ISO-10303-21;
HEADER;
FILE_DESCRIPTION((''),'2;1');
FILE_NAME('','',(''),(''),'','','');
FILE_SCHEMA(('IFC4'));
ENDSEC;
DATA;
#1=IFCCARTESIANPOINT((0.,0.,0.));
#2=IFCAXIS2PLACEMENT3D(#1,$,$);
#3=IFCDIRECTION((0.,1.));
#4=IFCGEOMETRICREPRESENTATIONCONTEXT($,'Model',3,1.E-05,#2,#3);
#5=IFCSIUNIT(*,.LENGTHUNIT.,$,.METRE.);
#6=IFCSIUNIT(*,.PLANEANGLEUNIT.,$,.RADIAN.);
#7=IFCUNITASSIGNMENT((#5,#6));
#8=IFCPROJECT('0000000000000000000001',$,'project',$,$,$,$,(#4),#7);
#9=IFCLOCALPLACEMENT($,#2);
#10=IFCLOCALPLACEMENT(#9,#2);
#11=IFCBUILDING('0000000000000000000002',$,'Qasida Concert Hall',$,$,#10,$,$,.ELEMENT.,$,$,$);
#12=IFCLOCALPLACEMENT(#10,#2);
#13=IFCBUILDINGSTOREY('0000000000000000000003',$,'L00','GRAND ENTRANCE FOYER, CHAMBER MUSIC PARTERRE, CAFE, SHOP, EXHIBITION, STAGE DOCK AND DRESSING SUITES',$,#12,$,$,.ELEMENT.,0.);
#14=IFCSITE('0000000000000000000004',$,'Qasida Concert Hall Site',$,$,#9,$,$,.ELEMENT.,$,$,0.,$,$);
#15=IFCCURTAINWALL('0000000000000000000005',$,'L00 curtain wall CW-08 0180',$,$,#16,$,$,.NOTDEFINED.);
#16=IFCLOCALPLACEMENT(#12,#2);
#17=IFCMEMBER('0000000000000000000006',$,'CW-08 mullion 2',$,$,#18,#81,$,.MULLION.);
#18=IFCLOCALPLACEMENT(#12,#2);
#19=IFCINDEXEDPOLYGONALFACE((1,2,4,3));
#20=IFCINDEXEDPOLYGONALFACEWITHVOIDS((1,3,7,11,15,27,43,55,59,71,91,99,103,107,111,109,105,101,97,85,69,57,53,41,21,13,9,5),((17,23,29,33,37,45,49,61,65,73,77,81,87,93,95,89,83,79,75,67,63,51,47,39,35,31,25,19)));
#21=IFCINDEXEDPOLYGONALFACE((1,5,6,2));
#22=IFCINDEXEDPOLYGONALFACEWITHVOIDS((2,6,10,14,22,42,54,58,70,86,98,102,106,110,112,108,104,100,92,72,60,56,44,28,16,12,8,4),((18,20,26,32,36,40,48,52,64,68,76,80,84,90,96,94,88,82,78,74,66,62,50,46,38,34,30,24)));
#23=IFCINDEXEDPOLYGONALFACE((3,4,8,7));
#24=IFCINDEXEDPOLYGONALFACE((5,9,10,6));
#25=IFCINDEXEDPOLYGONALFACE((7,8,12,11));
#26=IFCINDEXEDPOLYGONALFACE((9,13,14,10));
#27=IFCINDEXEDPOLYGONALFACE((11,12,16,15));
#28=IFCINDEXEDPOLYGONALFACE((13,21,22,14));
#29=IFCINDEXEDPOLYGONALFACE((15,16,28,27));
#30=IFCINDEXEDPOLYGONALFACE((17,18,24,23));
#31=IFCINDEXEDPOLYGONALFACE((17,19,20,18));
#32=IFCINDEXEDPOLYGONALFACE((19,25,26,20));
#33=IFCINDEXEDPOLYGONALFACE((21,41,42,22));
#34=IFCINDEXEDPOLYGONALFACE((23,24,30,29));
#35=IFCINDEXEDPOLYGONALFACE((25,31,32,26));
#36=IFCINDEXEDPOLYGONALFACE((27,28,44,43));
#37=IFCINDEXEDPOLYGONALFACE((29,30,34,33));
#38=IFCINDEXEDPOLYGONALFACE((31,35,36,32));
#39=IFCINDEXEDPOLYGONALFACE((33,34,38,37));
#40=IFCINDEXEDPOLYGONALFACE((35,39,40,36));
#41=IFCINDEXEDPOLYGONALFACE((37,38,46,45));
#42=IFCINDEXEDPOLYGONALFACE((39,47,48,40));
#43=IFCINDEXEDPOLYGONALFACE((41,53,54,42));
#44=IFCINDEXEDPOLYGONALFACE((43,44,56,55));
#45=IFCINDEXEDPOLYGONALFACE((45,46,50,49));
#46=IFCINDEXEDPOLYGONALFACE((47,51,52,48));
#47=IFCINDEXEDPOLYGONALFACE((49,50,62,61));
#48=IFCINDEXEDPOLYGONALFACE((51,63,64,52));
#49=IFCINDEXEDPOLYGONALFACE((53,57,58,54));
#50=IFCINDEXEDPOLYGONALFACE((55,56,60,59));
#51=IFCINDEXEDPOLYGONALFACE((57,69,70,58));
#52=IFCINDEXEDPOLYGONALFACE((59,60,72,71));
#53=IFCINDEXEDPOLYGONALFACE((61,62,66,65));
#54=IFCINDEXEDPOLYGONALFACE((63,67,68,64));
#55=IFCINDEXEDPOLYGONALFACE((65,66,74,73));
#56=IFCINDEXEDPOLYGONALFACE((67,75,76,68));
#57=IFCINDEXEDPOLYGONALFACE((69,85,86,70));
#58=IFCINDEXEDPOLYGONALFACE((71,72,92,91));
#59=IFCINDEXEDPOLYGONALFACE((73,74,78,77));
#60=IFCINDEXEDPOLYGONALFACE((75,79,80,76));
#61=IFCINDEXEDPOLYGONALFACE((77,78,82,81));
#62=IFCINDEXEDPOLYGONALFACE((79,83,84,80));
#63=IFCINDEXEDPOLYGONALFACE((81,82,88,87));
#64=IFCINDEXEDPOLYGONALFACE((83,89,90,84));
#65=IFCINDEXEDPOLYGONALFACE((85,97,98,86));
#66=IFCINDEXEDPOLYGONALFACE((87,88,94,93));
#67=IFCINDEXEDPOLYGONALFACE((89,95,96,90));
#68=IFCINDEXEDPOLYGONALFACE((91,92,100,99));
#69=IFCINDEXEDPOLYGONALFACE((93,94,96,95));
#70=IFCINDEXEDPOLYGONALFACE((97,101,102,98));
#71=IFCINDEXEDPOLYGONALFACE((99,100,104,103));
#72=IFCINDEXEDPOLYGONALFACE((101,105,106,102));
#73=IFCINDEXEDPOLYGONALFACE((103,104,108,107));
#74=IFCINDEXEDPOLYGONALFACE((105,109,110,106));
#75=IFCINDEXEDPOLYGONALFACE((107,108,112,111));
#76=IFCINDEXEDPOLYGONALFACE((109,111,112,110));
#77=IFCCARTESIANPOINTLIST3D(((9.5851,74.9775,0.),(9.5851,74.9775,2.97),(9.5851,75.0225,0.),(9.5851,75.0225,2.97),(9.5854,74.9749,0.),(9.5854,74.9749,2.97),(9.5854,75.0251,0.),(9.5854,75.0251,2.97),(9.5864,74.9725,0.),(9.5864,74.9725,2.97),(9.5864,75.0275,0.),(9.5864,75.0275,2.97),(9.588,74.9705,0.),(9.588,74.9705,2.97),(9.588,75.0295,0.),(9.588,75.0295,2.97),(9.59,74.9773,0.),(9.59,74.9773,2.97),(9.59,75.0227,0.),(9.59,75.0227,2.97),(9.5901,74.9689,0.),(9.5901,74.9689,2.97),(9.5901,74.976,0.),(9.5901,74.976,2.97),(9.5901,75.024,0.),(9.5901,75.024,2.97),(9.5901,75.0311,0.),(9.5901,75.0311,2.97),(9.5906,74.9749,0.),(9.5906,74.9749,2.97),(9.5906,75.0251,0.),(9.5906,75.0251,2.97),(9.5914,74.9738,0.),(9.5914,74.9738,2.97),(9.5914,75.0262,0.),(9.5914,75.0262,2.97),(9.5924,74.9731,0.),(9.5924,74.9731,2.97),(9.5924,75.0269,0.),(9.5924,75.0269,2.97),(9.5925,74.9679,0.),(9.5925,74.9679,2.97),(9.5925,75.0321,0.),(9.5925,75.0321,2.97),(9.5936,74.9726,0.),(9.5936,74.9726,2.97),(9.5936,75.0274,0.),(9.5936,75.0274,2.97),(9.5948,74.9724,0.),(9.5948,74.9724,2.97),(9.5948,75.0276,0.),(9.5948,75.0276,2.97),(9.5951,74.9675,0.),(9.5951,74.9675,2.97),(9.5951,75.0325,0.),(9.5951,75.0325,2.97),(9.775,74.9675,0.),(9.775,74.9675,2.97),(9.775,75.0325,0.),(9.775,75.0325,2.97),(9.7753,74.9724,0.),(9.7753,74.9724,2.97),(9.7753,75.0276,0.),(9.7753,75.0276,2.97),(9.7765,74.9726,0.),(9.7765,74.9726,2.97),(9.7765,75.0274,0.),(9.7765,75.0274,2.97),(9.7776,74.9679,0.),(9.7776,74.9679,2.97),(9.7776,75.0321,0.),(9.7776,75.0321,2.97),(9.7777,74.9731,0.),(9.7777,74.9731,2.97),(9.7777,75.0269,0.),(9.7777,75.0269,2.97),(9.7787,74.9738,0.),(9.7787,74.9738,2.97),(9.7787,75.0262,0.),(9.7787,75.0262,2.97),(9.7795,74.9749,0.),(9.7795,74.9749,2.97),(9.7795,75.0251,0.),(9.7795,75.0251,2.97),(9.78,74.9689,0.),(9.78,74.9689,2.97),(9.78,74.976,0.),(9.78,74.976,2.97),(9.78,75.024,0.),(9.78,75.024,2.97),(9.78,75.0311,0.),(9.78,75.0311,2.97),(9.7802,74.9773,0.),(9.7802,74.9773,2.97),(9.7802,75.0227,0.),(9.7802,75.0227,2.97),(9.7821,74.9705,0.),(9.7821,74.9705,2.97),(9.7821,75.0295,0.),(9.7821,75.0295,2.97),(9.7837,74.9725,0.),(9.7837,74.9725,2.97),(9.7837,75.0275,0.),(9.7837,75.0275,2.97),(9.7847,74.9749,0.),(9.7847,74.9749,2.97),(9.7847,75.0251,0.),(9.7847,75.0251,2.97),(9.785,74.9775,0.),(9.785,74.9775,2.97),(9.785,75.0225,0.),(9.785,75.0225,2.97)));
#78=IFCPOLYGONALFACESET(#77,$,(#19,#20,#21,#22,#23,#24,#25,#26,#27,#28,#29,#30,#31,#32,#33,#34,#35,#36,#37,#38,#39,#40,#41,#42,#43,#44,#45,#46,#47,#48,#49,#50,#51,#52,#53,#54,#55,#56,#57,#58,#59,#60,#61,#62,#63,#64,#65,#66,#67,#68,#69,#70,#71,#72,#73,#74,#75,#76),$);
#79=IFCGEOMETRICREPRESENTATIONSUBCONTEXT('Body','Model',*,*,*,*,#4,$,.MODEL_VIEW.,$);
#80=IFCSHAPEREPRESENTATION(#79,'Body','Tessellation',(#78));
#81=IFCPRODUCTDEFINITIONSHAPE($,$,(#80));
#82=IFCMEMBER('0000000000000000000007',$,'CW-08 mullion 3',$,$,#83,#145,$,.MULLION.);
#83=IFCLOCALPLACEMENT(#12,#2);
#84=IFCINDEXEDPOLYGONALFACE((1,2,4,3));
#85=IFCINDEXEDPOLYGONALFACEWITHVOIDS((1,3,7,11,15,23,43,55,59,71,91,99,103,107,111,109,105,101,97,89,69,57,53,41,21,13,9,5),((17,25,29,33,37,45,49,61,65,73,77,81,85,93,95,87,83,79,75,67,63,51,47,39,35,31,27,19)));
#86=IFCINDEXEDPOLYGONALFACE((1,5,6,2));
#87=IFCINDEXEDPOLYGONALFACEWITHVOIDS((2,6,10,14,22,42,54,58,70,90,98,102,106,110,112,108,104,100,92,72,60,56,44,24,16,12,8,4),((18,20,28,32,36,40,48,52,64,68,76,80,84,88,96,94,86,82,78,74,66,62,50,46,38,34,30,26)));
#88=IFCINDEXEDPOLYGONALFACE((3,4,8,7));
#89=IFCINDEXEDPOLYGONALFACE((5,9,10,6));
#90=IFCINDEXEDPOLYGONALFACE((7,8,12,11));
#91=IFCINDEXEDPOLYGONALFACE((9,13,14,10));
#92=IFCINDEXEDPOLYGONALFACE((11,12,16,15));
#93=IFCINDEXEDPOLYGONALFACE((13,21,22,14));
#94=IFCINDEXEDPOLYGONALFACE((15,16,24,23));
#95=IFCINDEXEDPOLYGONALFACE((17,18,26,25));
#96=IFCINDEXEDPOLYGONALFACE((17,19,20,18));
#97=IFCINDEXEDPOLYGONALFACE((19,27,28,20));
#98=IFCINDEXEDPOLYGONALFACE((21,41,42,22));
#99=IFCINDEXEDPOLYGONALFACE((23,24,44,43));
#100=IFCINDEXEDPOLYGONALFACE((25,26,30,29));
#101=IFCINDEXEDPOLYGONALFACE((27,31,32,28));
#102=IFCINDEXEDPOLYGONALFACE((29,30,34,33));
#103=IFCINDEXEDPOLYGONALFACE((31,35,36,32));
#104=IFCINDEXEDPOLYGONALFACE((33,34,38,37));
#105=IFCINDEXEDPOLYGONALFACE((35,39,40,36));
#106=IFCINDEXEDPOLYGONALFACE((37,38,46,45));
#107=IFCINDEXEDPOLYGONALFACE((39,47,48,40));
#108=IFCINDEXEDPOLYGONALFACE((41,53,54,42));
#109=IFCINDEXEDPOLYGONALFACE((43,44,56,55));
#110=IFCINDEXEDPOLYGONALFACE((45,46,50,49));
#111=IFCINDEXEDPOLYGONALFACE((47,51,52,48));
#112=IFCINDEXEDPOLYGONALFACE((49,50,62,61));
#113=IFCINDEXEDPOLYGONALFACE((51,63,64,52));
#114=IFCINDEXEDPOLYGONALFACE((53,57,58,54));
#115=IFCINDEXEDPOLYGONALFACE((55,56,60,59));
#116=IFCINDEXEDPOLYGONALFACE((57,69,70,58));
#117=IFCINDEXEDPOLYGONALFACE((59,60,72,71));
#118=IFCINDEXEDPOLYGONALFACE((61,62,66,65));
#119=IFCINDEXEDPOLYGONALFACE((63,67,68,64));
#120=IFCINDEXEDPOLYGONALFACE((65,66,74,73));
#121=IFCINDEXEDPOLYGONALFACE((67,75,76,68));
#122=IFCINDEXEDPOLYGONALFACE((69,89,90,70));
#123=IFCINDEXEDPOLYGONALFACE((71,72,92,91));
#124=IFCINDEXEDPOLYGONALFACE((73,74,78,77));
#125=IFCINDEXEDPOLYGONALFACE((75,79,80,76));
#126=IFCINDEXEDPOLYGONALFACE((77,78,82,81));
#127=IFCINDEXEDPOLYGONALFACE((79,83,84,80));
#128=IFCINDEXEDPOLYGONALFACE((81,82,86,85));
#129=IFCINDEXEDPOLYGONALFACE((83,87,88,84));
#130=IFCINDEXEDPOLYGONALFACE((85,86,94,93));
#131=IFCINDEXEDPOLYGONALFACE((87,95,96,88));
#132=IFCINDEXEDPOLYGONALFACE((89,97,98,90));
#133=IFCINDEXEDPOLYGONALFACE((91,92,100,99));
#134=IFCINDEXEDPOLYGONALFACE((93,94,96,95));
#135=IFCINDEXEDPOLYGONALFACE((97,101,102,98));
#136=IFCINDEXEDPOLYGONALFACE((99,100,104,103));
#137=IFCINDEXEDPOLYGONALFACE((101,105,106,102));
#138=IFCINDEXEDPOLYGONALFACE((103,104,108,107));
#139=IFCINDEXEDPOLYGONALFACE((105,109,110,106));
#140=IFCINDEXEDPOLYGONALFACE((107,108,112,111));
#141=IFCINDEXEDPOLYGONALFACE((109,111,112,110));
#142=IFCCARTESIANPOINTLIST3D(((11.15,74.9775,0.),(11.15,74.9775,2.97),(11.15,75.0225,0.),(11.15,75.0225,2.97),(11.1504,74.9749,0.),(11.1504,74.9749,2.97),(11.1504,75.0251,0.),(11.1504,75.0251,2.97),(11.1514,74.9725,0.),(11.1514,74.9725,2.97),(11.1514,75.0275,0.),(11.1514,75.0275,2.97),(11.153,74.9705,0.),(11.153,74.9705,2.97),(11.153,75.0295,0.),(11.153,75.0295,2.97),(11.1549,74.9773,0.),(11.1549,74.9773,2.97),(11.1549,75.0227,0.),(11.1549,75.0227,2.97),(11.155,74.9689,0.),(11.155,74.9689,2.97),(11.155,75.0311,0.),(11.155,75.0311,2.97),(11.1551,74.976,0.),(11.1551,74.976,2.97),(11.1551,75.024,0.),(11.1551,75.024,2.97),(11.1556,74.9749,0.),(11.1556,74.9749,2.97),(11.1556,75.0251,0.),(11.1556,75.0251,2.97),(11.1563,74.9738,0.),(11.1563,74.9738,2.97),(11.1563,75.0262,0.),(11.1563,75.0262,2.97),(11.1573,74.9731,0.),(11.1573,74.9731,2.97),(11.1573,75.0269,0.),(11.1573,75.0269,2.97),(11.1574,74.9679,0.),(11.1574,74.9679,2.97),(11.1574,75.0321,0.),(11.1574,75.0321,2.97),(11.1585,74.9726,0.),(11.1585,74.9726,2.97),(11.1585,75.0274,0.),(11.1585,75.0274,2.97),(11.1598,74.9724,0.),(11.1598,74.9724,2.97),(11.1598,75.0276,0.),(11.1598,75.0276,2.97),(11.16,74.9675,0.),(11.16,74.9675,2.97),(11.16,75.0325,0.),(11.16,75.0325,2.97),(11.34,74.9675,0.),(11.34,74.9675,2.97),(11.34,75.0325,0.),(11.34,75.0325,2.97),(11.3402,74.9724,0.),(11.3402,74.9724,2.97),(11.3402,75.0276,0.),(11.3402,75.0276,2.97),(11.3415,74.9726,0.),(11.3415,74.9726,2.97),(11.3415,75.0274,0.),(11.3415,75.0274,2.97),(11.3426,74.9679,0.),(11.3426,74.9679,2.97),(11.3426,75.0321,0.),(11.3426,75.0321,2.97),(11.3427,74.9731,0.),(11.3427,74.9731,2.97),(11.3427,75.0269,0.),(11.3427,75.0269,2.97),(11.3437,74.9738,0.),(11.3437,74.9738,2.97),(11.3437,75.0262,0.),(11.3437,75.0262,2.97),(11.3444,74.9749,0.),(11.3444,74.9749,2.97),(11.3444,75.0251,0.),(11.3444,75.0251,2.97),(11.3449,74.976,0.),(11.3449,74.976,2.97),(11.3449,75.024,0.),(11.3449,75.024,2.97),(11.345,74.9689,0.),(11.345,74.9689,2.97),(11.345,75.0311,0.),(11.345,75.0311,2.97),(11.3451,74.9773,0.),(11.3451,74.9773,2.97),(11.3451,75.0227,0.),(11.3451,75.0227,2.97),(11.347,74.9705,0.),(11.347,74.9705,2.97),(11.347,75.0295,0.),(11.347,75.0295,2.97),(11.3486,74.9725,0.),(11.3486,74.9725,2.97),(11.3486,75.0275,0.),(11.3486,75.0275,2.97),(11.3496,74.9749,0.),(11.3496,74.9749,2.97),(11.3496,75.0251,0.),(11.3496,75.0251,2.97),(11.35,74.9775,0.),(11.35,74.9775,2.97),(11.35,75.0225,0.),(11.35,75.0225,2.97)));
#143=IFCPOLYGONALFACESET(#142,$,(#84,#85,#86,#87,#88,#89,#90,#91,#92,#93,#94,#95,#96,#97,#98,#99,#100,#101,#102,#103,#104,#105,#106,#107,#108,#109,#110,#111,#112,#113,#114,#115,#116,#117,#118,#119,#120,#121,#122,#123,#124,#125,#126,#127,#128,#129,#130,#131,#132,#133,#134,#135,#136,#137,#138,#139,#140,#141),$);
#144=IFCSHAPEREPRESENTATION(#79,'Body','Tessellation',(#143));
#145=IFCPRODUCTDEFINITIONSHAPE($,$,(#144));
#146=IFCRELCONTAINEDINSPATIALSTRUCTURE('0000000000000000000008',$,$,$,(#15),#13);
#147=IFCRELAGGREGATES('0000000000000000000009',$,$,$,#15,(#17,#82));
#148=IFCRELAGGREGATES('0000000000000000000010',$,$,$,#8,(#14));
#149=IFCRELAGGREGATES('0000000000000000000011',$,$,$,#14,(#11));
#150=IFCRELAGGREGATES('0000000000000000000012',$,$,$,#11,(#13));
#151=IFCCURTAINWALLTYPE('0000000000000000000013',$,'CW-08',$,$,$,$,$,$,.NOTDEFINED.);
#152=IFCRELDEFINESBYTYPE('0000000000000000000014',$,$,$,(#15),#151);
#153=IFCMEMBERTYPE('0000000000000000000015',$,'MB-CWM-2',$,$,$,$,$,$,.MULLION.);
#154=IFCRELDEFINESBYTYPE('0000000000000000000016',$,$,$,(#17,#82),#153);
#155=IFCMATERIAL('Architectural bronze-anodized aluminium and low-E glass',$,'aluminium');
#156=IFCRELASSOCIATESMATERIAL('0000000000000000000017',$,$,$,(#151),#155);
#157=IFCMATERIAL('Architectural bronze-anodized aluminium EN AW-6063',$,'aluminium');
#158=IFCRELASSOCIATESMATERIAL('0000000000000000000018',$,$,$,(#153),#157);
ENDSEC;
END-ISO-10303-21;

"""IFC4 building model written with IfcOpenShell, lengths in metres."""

from ifc_helpers import new_model, si_unit, direction, frame, origin, origin_2d, place, context, subcontext, project, spatial, hollow_rectangle, extrude, material, material_profile, profile_set, type_object, element, aggregate, save


model = new_model("IFC4")

# Units and contexts
model_context = context("Model", 3, precision=1e-05, world=origin(), true_north=direction((0.0, 1.0)))
body_context = subcontext(model_context, "Body", "Model", "MODEL_VIEW")
ifc_project = project(units=[si_unit("LENGTHUNIT", "METRE"), si_unit("PLANEANGLEUNIT", "RADIAN")], contexts=[model_context])

# Site, building, storey
site_placement = place(None, origin())
site = spatial("IfcSite", under=ifc_project, at=site_placement, Name="Qasida Concert Hall Site", CompositionType="ELEMENT", RefElevation=0.0)
building_placement = place(site_placement, origin())
building = spatial("IfcBuilding", under=site, at=building_placement, Name="Qasida Concert Hall", CompositionType="ELEMENT")
storey_placement = place(building_placement, origin())
storey = spatial("IfcBuildingStorey", under=building, at=storey_placement, Name="L00", Description="GRAND ENTRANCE FOYER, CHAMBER MUSIC PARTERRE, CAFE, SHOP, EXHIBITION, STAGE DOCK AND DRESSING SUITES", CompositionType="ELEMENT", Elevation=0.0)

# Curtain wall, members
ifc_material_1 = material(Name="Architectural bronze-anodized aluminium and low-E glass", Category="aluminium")
curtain_wall_type = type_object("IfcCurtainWallType", Name="CW-08", PredefinedType="NOTDEFINED", material=ifc_material_1)
curtain_wall_placement = place(storey_placement, origin())
curtain_wall = element("IfcCurtainWall", 1, at=curtain_wall_placement, inside=storey, type_object=curtain_wall_type, Name="L00 curtain wall CW-08 0180", PredefinedType="NOTDEFINED")
ifc_material_2 = material(Name="Architectural bronze-anodized aluminium EN AW-6063", Category="aluminium")
ifc_material_profile_1 = material_profile(ifc_material_2, hollow_rectangle(XDim=0.0649, YDim=0.2, WallThickness=0.0049, InnerFilletRadius=0.0049, OuterFilletRadius=0.01, at=origin_2d()), Name="CWM 200x65x5")
ifc_profile_set_1 = profile_set([ifc_material_profile_1], Name="Architectural bronze-anodized aluminium EN AW-6063")
member_type_1 = type_object("IfcMemberType", Name="MB-CWM-2", PredefinedType="MULLION", material=ifc_profile_set_1)
member_1_placement = place(storey_placement, frame((9.6851, 75.0, 0.0), z_axis=(0.0, 0.0, 1.0), x_axis=(0.0, 1.0, 0.0)))
member_1 = element("IfcMember", 2, at=member_1_placement, type_object=member_type_1, Name="CW-08 mullion 2", PredefinedType="MULLION", context=body_context, shape_type="SweptSolid", body=[
    extrude(hollow_rectangle(XDim=0.0649, YDim=0.2, WallThickness=0.0049, InnerFilletRadius=0.0049, OuterFilletRadius=0.01, at=origin_2d()), origin(), (0.0, 0.0, 1.0), 2.97),
])
member_2_placement = place(storey_placement, frame((11.25, 75.0, 0.0), z_axis=(0.0, 0.0, 1.0), x_axis=(0.0, 1.0, 0.0)))
member_2 = element("IfcMember", 3, at=member_2_placement, type_object=member_type_1, Name="CW-08 mullion 3", PredefinedType="MULLION", context=body_context, shape_type="SweptSolid", body=[
    extrude(hollow_rectangle(XDim=0.0649, YDim=0.2, WallThickness=0.0049, InnerFilletRadius=0.0049, OuterFilletRadius=0.01, at=origin_2d()), origin(), (0.0, 0.0, 1.0), 2.97),
])
aggregate(curtain_wall, [member_1, member_2])

save(model, "model.ifc")
